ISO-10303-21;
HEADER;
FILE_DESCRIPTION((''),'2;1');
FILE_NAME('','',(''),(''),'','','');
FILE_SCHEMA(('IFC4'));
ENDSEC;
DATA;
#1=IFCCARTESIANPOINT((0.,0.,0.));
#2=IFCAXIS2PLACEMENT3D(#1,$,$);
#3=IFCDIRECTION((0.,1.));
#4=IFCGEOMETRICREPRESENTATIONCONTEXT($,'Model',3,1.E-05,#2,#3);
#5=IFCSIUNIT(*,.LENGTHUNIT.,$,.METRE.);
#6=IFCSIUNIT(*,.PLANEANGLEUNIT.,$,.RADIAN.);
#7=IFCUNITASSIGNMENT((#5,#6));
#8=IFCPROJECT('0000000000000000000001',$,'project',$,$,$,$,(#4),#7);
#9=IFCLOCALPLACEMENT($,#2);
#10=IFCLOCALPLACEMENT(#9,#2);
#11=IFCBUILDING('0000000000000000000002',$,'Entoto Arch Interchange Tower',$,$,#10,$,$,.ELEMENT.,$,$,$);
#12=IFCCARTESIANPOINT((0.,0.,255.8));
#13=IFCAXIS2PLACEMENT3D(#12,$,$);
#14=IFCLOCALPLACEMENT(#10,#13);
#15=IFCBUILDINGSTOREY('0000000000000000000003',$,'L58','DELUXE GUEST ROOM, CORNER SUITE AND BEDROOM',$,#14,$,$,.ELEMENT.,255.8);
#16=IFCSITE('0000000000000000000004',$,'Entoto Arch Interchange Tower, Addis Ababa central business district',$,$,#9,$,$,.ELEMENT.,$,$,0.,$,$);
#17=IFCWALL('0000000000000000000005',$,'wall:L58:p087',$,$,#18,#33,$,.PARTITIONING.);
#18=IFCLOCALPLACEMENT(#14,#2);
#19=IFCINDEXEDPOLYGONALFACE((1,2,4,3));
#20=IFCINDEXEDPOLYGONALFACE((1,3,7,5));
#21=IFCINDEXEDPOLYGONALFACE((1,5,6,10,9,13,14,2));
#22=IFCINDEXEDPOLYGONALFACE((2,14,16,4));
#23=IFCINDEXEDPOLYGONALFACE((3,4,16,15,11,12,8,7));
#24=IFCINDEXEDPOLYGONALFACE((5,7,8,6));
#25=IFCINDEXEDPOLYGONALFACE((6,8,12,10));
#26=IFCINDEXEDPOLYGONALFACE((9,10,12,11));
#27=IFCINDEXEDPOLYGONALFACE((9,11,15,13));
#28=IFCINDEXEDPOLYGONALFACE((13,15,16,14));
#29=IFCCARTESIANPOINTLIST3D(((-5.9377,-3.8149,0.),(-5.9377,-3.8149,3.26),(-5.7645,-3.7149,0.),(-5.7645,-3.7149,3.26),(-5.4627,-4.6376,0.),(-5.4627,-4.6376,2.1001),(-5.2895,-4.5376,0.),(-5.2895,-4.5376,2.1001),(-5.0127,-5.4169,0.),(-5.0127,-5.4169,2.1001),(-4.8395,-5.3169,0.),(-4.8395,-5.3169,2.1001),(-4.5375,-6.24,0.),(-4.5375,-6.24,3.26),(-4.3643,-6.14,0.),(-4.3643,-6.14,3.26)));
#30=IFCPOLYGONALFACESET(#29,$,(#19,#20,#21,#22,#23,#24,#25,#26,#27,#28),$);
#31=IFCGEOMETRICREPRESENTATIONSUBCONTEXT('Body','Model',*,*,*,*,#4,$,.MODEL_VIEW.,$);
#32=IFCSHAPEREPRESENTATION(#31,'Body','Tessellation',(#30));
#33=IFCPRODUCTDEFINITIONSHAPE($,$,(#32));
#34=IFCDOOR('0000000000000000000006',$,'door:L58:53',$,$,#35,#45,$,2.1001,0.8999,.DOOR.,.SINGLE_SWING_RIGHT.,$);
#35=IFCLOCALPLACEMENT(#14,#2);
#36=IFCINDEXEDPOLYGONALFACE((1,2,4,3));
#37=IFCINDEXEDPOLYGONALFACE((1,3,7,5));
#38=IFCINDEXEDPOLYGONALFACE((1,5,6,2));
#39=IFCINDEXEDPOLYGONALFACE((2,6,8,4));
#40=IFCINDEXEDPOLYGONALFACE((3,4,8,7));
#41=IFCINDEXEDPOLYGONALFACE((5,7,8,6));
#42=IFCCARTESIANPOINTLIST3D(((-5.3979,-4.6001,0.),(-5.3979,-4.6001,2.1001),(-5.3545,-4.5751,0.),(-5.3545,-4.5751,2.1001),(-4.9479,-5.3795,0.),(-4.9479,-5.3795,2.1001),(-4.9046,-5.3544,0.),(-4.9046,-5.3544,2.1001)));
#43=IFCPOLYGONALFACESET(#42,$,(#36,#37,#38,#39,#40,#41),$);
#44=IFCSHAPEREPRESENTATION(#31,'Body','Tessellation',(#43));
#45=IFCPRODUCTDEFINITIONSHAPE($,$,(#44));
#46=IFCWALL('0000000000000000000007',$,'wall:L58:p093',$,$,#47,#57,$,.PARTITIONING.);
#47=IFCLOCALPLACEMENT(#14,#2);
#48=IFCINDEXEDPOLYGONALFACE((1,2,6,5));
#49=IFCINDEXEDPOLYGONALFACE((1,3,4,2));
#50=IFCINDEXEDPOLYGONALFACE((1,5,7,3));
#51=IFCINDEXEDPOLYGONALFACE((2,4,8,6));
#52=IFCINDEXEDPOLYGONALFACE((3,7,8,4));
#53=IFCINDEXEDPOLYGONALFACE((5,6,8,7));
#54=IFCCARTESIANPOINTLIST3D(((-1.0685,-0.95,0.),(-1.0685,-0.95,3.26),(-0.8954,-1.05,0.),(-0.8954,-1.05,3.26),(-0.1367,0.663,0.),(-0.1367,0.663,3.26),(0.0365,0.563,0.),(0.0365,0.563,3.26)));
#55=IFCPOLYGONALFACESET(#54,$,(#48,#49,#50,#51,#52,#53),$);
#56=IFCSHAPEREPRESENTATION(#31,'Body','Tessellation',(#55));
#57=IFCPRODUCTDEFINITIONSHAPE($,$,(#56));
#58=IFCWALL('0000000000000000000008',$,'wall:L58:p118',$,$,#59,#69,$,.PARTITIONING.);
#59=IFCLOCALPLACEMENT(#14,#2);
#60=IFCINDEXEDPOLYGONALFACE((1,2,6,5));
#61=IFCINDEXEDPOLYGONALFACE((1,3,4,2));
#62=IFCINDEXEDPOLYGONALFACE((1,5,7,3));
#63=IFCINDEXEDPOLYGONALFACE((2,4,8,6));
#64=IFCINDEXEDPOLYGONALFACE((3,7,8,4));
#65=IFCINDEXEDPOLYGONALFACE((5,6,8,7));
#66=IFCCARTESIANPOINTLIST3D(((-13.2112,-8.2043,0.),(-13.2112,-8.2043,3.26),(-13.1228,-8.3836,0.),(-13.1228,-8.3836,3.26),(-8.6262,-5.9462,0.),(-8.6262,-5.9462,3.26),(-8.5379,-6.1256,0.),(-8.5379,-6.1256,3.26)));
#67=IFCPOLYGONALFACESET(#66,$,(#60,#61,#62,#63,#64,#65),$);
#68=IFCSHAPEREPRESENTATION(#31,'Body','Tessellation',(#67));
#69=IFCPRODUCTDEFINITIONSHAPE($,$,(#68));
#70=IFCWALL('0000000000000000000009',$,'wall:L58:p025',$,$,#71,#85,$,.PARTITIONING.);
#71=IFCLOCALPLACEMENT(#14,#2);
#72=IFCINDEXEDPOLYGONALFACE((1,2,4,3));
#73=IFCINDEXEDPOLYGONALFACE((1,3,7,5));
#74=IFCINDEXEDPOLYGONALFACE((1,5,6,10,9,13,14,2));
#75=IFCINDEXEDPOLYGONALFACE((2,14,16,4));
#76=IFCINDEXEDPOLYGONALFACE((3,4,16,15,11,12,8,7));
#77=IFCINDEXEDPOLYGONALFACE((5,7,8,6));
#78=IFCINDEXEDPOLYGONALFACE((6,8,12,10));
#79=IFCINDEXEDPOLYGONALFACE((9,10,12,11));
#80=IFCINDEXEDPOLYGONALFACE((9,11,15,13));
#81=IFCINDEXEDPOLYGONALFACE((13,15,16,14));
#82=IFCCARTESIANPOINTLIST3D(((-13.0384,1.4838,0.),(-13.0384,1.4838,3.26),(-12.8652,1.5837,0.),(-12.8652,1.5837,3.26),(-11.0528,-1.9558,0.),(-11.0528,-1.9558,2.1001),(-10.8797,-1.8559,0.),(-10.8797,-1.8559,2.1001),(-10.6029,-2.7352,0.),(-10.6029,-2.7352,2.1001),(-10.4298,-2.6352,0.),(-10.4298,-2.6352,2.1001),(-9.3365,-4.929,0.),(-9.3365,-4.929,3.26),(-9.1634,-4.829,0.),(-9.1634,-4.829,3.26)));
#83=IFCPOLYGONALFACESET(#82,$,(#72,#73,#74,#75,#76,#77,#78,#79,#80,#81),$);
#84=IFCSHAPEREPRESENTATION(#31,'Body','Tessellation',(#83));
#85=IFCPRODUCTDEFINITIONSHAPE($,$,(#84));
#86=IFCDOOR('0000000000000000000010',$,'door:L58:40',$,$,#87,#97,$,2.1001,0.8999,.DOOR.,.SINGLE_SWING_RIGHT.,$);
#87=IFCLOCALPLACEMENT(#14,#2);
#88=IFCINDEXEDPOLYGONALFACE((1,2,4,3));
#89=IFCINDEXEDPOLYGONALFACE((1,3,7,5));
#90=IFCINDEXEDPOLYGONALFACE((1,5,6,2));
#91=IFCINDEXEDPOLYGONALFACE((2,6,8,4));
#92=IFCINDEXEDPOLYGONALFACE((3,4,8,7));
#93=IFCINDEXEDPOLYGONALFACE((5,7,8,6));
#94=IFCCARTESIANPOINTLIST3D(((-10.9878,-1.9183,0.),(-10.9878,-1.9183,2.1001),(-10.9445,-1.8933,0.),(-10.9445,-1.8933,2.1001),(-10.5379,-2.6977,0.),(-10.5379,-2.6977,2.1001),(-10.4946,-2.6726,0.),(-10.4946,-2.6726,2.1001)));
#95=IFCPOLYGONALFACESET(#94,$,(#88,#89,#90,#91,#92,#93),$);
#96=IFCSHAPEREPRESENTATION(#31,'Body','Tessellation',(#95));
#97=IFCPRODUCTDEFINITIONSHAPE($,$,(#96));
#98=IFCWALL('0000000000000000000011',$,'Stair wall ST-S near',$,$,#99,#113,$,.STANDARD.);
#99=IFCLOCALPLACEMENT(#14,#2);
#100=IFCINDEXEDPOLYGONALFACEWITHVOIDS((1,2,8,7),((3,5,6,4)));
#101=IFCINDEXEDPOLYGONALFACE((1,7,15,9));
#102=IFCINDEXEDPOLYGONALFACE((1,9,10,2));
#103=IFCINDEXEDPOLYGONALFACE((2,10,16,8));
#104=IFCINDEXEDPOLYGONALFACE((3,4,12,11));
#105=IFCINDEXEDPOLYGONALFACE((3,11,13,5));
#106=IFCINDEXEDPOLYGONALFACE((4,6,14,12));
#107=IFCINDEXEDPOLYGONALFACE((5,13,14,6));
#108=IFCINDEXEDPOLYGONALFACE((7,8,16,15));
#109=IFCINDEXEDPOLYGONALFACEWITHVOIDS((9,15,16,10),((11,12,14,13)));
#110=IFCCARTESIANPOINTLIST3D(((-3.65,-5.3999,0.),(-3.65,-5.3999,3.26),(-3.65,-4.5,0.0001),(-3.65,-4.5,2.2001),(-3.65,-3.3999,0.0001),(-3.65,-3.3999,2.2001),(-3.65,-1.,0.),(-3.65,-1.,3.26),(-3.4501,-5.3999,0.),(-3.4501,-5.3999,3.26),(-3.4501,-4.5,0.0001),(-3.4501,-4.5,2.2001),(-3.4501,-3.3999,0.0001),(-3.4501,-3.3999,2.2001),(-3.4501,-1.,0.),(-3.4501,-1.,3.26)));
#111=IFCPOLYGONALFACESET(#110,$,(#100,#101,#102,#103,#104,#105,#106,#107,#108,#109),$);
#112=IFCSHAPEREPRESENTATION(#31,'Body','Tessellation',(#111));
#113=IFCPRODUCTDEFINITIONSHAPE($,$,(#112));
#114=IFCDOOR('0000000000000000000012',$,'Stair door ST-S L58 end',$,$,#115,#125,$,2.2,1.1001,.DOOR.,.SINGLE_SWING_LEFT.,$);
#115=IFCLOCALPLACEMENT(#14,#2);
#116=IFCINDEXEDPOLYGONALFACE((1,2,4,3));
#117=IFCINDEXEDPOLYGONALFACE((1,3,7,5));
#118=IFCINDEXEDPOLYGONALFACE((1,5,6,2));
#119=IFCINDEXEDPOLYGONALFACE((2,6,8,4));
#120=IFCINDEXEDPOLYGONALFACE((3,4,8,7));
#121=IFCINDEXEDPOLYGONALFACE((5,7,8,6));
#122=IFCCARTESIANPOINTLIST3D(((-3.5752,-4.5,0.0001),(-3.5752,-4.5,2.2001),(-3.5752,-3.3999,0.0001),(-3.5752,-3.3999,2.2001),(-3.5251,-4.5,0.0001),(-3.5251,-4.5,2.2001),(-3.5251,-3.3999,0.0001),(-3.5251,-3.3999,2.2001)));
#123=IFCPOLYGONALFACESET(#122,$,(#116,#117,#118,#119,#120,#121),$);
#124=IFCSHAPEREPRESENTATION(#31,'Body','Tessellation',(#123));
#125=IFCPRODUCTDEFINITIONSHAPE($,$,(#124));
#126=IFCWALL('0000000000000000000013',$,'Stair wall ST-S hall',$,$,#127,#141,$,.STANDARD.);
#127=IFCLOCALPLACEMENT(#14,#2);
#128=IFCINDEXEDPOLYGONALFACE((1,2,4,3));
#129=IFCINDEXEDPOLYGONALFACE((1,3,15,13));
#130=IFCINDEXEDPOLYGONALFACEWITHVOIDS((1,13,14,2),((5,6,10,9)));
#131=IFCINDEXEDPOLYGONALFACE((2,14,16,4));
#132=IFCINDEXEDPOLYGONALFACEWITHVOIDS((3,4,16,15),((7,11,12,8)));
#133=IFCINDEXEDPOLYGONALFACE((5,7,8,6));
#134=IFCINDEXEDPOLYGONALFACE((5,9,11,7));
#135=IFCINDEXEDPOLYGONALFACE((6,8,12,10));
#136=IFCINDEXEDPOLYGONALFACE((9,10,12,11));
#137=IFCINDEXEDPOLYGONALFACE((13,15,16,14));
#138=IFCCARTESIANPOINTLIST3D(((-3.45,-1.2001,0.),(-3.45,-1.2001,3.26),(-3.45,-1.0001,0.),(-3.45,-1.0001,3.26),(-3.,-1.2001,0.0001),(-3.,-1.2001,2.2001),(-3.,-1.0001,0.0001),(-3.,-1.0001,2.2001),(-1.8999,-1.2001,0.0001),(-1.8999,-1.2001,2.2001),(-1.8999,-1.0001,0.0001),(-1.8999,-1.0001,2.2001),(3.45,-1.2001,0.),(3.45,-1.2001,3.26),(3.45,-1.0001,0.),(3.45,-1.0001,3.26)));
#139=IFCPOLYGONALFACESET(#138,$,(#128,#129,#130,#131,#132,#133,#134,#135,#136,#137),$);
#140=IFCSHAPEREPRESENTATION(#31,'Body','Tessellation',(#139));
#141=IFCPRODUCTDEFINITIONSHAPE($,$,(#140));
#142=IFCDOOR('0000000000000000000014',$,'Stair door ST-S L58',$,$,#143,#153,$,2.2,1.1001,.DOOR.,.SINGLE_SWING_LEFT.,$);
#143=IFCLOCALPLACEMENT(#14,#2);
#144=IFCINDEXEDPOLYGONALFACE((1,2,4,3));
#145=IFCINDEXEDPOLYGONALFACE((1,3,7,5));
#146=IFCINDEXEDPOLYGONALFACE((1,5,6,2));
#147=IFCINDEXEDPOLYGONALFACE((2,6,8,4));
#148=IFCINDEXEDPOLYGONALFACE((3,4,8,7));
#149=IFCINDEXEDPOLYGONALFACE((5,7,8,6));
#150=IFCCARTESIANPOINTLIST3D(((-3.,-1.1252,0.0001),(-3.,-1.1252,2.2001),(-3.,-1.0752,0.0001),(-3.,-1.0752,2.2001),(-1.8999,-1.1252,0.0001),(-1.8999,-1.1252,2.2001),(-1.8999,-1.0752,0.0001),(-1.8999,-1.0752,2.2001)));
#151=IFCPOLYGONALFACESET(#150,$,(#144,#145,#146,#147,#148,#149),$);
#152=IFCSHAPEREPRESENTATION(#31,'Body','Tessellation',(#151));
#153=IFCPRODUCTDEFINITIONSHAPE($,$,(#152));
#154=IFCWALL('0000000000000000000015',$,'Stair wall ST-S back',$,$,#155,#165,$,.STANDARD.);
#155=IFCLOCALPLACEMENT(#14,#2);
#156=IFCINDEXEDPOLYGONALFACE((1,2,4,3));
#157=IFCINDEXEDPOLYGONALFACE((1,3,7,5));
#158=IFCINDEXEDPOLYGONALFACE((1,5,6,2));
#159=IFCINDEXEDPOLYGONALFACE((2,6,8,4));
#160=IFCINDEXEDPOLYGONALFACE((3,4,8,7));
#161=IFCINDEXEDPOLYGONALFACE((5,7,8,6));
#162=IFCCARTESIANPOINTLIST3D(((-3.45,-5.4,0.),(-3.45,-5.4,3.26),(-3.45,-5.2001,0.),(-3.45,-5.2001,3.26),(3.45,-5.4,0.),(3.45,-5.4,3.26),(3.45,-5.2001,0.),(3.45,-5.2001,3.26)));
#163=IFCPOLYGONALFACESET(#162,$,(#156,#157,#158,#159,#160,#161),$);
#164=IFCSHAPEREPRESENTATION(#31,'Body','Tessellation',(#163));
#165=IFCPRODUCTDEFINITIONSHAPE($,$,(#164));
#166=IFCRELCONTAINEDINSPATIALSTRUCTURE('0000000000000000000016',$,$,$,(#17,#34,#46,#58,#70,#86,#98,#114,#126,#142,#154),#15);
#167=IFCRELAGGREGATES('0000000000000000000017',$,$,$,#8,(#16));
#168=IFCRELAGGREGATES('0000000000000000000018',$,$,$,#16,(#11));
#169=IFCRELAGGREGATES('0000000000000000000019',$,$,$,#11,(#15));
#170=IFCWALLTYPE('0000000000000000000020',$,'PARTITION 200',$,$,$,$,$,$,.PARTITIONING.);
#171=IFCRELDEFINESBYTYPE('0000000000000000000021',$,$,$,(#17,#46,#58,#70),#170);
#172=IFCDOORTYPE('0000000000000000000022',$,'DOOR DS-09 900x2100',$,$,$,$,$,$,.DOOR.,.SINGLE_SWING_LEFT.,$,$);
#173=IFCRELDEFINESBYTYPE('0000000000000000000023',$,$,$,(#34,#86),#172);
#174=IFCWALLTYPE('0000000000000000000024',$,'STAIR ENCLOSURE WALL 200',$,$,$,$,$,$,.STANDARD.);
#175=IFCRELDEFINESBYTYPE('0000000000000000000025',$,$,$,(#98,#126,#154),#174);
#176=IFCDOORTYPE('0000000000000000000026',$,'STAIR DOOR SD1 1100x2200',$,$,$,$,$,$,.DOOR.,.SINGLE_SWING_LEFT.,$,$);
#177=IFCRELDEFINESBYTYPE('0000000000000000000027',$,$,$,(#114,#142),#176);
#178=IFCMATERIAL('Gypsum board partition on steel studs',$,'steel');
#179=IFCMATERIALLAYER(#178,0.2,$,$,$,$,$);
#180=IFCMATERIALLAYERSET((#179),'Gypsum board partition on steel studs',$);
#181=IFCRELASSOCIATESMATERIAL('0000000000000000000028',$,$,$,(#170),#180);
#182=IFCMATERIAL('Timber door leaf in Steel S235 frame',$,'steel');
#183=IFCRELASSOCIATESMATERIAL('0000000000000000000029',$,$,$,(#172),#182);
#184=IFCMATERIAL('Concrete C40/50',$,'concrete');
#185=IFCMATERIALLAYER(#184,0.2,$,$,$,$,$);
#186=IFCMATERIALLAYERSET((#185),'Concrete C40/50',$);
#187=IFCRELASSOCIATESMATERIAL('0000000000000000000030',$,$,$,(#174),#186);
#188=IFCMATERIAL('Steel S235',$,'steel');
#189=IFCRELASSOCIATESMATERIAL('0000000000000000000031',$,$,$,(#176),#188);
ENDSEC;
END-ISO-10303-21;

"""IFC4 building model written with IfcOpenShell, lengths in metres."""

from ifc_helpers import new_model, si_unit, direction, frame, frame_2d, origin, place, context, subcontext, project, spatial, rectangle, extrude, material, layer, layer_set, type_object, element, fill, save


model = new_model("IFC4")

# Units and contexts
model_context = context("Model", 3, precision=1e-05, world=origin(), true_north=direction((0.0, 1.0)))
body_context = subcontext(model_context, "Body", "Model", "MODEL_VIEW")
ifc_project = project(units=[si_unit("LENGTHUNIT", "METRE"), si_unit("PLANEANGLEUNIT", "RADIAN")], contexts=[model_context])

# Site, building, storey
site_placement = place(None, origin())
site = spatial("IfcSite", under=ifc_project, at=site_placement, Name="Entoto Arch Interchange Tower, Addis Ababa central business district", CompositionType="ELEMENT", RefElevation=0.0)
building_placement = place(site_placement, origin())
building = spatial("IfcBuilding", under=site, at=building_placement, Name="Entoto Arch Interchange Tower", CompositionType="ELEMENT")
storey_placement = place(building_placement, frame((0.0, 0.0, 255.8)))
storey = spatial("IfcBuildingStorey", under=building, at=storey_placement, Name="L58", Description="DELUXE GUEST ROOM, CORNER SUITE AND BEDROOM", CompositionType="ELEMENT", Elevation=255.8)

# Shared definitions
ifc_material_1 = material(Name="Concrete C40/50", Category="concrete")

# Shared definitions
ifc_material_2 = material(Name="Gypsum board partition on steel studs", Category="steel")
ifc_layer_1 = layer(ifc_material_2, 0.2)
ifc_layer_set_1 = layer_set([ifc_layer_1], Name="Gypsum board partition on steel studs")
wall_type_1 = type_object("IfcWallType", Name="PARTITION 200", PredefinedType="PARTITIONING", material=ifc_layer_set_1)

# Wall, opening, door
wall_1_placement = place(storey_placement, frame((-5.8511, -3.7649, 0.0), z_axis=(0.0, 0.0, 1.0), x_axis=(0.500012, -0.866019, 0.0)))
wall_1 = element("IfcWall", 1, at=wall_1_placement, inside=storey, type_object=wall_type_1, Name="wall:L58:p087", PredefinedType="PARTITIONING", context=body_context, shape_type="SweptSolid", body=[
    extrude(rectangle(XDim=2.8003, YDim=0.2, at=frame_2d((1.4001, 0.0))), origin(), (0.0, 0.0, 1.0), 3.26),
])
opening_1_placement = place(wall_1_placement, frame((0.95, 0.0, 0.0)))
opening_1 = element("IfcOpeningElement", 2, at=opening_1_placement, cuts=wall_1, PredefinedType="OPENING", context=body_context, shape_type="SweptSolid", body=[
    extrude(rectangle(XDim=0.8999, YDim=2.1001, at=frame_2d((0.45, 1.05))), frame((0.0, 0.1099, 0.0), z_axis=(0.0, -1.0, 0.0), x_axis=(1.0, 0.0, 0.0)), (0.0, 0.0, 1.0), 0.22),
])
ifc_material_3 = material(Name="Timber door leaf in Steel S235 frame", Category="steel")
door_type_1 = type_object("IfcDoorType", Name="DOOR DS-09 900x2100", OperationType="SINGLE_SWING_LEFT", PredefinedType="DOOR", material=ifc_material_3)
door_1_placement = place(opening_1_placement, origin())
door_1 = element("IfcDoor", 3, at=door_1_placement, inside=storey, type_object=door_type_1, Name="door:L58:53", OperationType="SINGLE_SWING_RIGHT", OverallHeight=2.1001, OverallWidth=0.8999, PredefinedType="DOOR", context=body_context, shape_type="SweptSolid", body=[
    extrude(rectangle(XDim=0.8999, YDim=2.1001, at=frame_2d((0.45, 1.05))), frame((0.0, 0.0249, 0.0), z_axis=(0.0, -1.0, 0.0), x_axis=(1.0, 0.0, 0.0)), (0.0, 0.0, 1.0), 0.05),
])
fill(opening_1, door_1)

# Walls
wall_2_placement = place(storey_placement, frame((-0.9819, -1.0, 0.0), z_axis=(0.0, 0.0, 1.0), x_axis=(0.50024, 0.865887, 0.0)))
element("IfcWall", 4, at=wall_2_placement, inside=storey, type_object=wall_type_1, Name="wall:L58:p093", PredefinedType="PARTITIONING", context=body_context, shape_type="SweptSolid", body=[
    extrude(rectangle(XDim=1.8628, YDim=0.2, at=frame_2d((0.9314, 0.0))), origin(), (0.0, 0.0, 1.0), 3.26),
])
wall_3_placement = place(storey_placement, frame((-8.582, -6.0359, 0.0), z_axis=(0.0, 0.0, 1.0), x_axis=(-0.897105, -0.441817, 0.0)))
element("IfcWall", 5, at=wall_3_placement, inside=storey, type_object=wall_type_1, Name="wall:L58:p118", PredefinedType="PARTITIONING", context=body_context, shape_type="SweptSolid", body=[
    extrude(rectangle(XDim=5.1108, YDim=0.2, at=frame_2d((2.5554, 0.0))), origin(), (0.0, 0.0, 1.0), 3.26),
])

# Walls, openings, doors
wall_4_placement = place(storey_placement, frame((-9.25, -4.8789, 0.0), z_axis=(0.0, 0.0, 1.0), x_axis=(-0.499944, 0.866058, 0.0)))
wall_4 = element("IfcWall", 6, at=wall_4_placement, inside=storey, type_object=wall_type_1, Name="wall:L58:p025", PredefinedType="PARTITIONING", context=body_context, shape_type="SweptSolid", body=[
    extrude(rectangle(XDim=7.4045, YDim=0.2, at=frame_2d((3.7021, 0.0))), origin(), (0.0, 0.0, 1.0), 3.26),
])
opening_2_placement = place(wall_4_placement, frame((2.533, 0.0, 0.0)))
opening_2 = element("IfcOpeningElement", 7, at=opening_2_placement, cuts=wall_4, PredefinedType="OPENING", context=body_context, shape_type="SweptSolid", body=[
    extrude(rectangle(XDim=0.8999, YDim=2.1001, at=frame_2d((0.45, 1.05))), frame((0.0, 0.1099, 0.0), z_axis=(0.0, -1.0, 0.0), x_axis=(1.0, 0.0, 0.0)), (0.0, 0.0, 1.0), 0.22),
])
door_2_placement = place(opening_2_placement, origin())
door_2 = element("IfcDoor", 8, at=door_2_placement, inside=storey, type_object=door_type_1, Name="door:L58:40", OperationType="SINGLE_SWING_RIGHT", OverallHeight=2.1001, OverallWidth=0.8999, PredefinedType="DOOR", context=body_context, shape_type="SweptSolid", body=[
    extrude(rectangle(XDim=0.8999, YDim=2.1001, at=frame_2d((0.45, 1.05))), frame((0.0, 0.0249, 0.0), z_axis=(0.0, -1.0, 0.0), x_axis=(1.0, 0.0, 0.0)), (0.0, 0.0, 1.0), 0.05),
])
fill(opening_2, door_2)
ifc_layer_2 = layer(ifc_material_1, 0.2)
ifc_layer_set_2 = layer_set([ifc_layer_2], Name="Concrete C40/50")
wall_type_2 = type_object("IfcWallType", Name="STAIR ENCLOSURE WALL 200", PredefinedType="STANDARD", material=ifc_layer_set_2)
wall_5_placement = place(storey_placement, frame((-3.55, -1.0, 0.0), z_axis=(0.0, 0.0, 1.0), x_axis=(0.0, -1.0, 0.0)))
wall_5 = element("IfcWall", 9, at=wall_5_placement, inside=storey, type_object=wall_type_2, Name="Stair wall ST-S near", PredefinedType="STANDARD", context=body_context, shape_type="SweptSolid", body=[
    extrude(rectangle(XDim=4.3999, YDim=0.2, at=frame_2d((2.2, 0.0))), origin(), (0.0, 0.0, 1.0), 3.26),
])
opening_3_placement = place(wall_5_placement, frame((2.3999, 0.0, 0.0)))
opening_3 = element("IfcOpeningElement", 10, at=opening_3_placement, cuts=wall_5, PredefinedType="OPENING", context=body_context, shape_type="SweptSolid", body=[
    extrude(rectangle(XDim=1.1001, YDim=2.2, at=frame_2d((0.55, 1.1001))), frame((0.0, 0.1099, 0.0), z_axis=(0.0, -1.0, 0.0), x_axis=(1.0, 0.0, 0.0)), (0.0, 0.0, 1.0), 0.22),
])
ifc_material_4 = material(Name="Steel S235", Category="steel")
door_type_2 = type_object("IfcDoorType", Name="STAIR DOOR SD1 1100x2200", OperationType="SINGLE_SWING_LEFT", PredefinedType="DOOR", material=ifc_material_4)
door_3_placement = place(opening_3_placement, origin())
door_3 = element("IfcDoor", 11, at=door_3_placement, inside=storey, type_object=door_type_2, Name="Stair door ST-S L58 end", OperationType="SINGLE_SWING_LEFT", OverallHeight=2.2, OverallWidth=1.1001, PredefinedType="DOOR", context=body_context, shape_type="SweptSolid", body=[
    extrude(rectangle(XDim=1.1001, YDim=2.2, at=frame_2d((0.55, 1.1001))), frame((0.0, 0.0249, 0.0), z_axis=(0.0, -1.0, 0.0), x_axis=(1.0, 0.0, 0.0)), (0.0, 0.0, 1.0), 0.05),
])
fill(opening_3, door_3)
wall_6_placement = place(storey_placement, frame((-3.45, -1.1001, 0.0), z_axis=(0.0, 0.0, 1.0), x_axis=(1.0, 0.0, 0.0)))
wall_6 = element("IfcWall", 12, at=wall_6_placement, inside=storey, type_object=wall_type_2, Name="Stair wall ST-S hall", PredefinedType="STANDARD", context=body_context, shape_type="SweptSolid", body=[
    extrude(rectangle(XDim=6.8999, YDim=0.2, at=frame_2d((3.45, 0.0))), origin(), (0.0, 0.0, 1.0), 3.26),
])
opening_4_placement = place(wall_6_placement, frame((0.45, 0.0, 0.0)))
opening_4 = element("IfcOpeningElement", 13, at=opening_4_placement, cuts=wall_6, PredefinedType="OPENING", context=body_context, shape_type="SweptSolid", body=[
    extrude(rectangle(XDim=1.1001, YDim=2.2, at=frame_2d((0.55, 1.1001))), frame((0.0, 0.1099, 0.0), z_axis=(0.0, -1.0, 0.0), x_axis=(1.0, 0.0, 0.0)), (0.0, 0.0, 1.0), 0.22),
])
door_4_placement = place(opening_4_placement, origin())
door_4 = element("IfcDoor", 14, at=door_4_placement, inside=storey, type_object=door_type_2, Name="Stair door ST-S L58", OperationType="SINGLE_SWING_LEFT", OverallHeight=2.2, OverallWidth=1.1001, PredefinedType="DOOR", context=body_context, shape_type="SweptSolid", body=[
    extrude(rectangle(XDim=1.1001, YDim=2.2, at=frame_2d((0.55, 1.1001))), frame((0.0, 0.0249, 0.0), z_axis=(0.0, -1.0, 0.0), x_axis=(1.0, 0.0, 0.0)), (0.0, 0.0, 1.0), 0.05),
])
fill(opening_4, door_4)

# Wall
wall_7_placement = place(storey_placement, frame((-3.45, -5.3, 0.0), z_axis=(0.0, 0.0, 1.0), x_axis=(1.0, 0.0, 0.0)))
element("IfcWall", 15, at=wall_7_placement, inside=storey, type_object=wall_type_2, Name="Stair wall ST-S back", PredefinedType="STANDARD", context=body_context, shape_type="SweptSolid", body=[
    extrude(rectangle(XDim=6.8999, YDim=0.2, at=frame_2d((3.45, 0.0))), origin(), (0.0, 0.0, 1.0), 3.26),
])

save(model, "model.ifc")
